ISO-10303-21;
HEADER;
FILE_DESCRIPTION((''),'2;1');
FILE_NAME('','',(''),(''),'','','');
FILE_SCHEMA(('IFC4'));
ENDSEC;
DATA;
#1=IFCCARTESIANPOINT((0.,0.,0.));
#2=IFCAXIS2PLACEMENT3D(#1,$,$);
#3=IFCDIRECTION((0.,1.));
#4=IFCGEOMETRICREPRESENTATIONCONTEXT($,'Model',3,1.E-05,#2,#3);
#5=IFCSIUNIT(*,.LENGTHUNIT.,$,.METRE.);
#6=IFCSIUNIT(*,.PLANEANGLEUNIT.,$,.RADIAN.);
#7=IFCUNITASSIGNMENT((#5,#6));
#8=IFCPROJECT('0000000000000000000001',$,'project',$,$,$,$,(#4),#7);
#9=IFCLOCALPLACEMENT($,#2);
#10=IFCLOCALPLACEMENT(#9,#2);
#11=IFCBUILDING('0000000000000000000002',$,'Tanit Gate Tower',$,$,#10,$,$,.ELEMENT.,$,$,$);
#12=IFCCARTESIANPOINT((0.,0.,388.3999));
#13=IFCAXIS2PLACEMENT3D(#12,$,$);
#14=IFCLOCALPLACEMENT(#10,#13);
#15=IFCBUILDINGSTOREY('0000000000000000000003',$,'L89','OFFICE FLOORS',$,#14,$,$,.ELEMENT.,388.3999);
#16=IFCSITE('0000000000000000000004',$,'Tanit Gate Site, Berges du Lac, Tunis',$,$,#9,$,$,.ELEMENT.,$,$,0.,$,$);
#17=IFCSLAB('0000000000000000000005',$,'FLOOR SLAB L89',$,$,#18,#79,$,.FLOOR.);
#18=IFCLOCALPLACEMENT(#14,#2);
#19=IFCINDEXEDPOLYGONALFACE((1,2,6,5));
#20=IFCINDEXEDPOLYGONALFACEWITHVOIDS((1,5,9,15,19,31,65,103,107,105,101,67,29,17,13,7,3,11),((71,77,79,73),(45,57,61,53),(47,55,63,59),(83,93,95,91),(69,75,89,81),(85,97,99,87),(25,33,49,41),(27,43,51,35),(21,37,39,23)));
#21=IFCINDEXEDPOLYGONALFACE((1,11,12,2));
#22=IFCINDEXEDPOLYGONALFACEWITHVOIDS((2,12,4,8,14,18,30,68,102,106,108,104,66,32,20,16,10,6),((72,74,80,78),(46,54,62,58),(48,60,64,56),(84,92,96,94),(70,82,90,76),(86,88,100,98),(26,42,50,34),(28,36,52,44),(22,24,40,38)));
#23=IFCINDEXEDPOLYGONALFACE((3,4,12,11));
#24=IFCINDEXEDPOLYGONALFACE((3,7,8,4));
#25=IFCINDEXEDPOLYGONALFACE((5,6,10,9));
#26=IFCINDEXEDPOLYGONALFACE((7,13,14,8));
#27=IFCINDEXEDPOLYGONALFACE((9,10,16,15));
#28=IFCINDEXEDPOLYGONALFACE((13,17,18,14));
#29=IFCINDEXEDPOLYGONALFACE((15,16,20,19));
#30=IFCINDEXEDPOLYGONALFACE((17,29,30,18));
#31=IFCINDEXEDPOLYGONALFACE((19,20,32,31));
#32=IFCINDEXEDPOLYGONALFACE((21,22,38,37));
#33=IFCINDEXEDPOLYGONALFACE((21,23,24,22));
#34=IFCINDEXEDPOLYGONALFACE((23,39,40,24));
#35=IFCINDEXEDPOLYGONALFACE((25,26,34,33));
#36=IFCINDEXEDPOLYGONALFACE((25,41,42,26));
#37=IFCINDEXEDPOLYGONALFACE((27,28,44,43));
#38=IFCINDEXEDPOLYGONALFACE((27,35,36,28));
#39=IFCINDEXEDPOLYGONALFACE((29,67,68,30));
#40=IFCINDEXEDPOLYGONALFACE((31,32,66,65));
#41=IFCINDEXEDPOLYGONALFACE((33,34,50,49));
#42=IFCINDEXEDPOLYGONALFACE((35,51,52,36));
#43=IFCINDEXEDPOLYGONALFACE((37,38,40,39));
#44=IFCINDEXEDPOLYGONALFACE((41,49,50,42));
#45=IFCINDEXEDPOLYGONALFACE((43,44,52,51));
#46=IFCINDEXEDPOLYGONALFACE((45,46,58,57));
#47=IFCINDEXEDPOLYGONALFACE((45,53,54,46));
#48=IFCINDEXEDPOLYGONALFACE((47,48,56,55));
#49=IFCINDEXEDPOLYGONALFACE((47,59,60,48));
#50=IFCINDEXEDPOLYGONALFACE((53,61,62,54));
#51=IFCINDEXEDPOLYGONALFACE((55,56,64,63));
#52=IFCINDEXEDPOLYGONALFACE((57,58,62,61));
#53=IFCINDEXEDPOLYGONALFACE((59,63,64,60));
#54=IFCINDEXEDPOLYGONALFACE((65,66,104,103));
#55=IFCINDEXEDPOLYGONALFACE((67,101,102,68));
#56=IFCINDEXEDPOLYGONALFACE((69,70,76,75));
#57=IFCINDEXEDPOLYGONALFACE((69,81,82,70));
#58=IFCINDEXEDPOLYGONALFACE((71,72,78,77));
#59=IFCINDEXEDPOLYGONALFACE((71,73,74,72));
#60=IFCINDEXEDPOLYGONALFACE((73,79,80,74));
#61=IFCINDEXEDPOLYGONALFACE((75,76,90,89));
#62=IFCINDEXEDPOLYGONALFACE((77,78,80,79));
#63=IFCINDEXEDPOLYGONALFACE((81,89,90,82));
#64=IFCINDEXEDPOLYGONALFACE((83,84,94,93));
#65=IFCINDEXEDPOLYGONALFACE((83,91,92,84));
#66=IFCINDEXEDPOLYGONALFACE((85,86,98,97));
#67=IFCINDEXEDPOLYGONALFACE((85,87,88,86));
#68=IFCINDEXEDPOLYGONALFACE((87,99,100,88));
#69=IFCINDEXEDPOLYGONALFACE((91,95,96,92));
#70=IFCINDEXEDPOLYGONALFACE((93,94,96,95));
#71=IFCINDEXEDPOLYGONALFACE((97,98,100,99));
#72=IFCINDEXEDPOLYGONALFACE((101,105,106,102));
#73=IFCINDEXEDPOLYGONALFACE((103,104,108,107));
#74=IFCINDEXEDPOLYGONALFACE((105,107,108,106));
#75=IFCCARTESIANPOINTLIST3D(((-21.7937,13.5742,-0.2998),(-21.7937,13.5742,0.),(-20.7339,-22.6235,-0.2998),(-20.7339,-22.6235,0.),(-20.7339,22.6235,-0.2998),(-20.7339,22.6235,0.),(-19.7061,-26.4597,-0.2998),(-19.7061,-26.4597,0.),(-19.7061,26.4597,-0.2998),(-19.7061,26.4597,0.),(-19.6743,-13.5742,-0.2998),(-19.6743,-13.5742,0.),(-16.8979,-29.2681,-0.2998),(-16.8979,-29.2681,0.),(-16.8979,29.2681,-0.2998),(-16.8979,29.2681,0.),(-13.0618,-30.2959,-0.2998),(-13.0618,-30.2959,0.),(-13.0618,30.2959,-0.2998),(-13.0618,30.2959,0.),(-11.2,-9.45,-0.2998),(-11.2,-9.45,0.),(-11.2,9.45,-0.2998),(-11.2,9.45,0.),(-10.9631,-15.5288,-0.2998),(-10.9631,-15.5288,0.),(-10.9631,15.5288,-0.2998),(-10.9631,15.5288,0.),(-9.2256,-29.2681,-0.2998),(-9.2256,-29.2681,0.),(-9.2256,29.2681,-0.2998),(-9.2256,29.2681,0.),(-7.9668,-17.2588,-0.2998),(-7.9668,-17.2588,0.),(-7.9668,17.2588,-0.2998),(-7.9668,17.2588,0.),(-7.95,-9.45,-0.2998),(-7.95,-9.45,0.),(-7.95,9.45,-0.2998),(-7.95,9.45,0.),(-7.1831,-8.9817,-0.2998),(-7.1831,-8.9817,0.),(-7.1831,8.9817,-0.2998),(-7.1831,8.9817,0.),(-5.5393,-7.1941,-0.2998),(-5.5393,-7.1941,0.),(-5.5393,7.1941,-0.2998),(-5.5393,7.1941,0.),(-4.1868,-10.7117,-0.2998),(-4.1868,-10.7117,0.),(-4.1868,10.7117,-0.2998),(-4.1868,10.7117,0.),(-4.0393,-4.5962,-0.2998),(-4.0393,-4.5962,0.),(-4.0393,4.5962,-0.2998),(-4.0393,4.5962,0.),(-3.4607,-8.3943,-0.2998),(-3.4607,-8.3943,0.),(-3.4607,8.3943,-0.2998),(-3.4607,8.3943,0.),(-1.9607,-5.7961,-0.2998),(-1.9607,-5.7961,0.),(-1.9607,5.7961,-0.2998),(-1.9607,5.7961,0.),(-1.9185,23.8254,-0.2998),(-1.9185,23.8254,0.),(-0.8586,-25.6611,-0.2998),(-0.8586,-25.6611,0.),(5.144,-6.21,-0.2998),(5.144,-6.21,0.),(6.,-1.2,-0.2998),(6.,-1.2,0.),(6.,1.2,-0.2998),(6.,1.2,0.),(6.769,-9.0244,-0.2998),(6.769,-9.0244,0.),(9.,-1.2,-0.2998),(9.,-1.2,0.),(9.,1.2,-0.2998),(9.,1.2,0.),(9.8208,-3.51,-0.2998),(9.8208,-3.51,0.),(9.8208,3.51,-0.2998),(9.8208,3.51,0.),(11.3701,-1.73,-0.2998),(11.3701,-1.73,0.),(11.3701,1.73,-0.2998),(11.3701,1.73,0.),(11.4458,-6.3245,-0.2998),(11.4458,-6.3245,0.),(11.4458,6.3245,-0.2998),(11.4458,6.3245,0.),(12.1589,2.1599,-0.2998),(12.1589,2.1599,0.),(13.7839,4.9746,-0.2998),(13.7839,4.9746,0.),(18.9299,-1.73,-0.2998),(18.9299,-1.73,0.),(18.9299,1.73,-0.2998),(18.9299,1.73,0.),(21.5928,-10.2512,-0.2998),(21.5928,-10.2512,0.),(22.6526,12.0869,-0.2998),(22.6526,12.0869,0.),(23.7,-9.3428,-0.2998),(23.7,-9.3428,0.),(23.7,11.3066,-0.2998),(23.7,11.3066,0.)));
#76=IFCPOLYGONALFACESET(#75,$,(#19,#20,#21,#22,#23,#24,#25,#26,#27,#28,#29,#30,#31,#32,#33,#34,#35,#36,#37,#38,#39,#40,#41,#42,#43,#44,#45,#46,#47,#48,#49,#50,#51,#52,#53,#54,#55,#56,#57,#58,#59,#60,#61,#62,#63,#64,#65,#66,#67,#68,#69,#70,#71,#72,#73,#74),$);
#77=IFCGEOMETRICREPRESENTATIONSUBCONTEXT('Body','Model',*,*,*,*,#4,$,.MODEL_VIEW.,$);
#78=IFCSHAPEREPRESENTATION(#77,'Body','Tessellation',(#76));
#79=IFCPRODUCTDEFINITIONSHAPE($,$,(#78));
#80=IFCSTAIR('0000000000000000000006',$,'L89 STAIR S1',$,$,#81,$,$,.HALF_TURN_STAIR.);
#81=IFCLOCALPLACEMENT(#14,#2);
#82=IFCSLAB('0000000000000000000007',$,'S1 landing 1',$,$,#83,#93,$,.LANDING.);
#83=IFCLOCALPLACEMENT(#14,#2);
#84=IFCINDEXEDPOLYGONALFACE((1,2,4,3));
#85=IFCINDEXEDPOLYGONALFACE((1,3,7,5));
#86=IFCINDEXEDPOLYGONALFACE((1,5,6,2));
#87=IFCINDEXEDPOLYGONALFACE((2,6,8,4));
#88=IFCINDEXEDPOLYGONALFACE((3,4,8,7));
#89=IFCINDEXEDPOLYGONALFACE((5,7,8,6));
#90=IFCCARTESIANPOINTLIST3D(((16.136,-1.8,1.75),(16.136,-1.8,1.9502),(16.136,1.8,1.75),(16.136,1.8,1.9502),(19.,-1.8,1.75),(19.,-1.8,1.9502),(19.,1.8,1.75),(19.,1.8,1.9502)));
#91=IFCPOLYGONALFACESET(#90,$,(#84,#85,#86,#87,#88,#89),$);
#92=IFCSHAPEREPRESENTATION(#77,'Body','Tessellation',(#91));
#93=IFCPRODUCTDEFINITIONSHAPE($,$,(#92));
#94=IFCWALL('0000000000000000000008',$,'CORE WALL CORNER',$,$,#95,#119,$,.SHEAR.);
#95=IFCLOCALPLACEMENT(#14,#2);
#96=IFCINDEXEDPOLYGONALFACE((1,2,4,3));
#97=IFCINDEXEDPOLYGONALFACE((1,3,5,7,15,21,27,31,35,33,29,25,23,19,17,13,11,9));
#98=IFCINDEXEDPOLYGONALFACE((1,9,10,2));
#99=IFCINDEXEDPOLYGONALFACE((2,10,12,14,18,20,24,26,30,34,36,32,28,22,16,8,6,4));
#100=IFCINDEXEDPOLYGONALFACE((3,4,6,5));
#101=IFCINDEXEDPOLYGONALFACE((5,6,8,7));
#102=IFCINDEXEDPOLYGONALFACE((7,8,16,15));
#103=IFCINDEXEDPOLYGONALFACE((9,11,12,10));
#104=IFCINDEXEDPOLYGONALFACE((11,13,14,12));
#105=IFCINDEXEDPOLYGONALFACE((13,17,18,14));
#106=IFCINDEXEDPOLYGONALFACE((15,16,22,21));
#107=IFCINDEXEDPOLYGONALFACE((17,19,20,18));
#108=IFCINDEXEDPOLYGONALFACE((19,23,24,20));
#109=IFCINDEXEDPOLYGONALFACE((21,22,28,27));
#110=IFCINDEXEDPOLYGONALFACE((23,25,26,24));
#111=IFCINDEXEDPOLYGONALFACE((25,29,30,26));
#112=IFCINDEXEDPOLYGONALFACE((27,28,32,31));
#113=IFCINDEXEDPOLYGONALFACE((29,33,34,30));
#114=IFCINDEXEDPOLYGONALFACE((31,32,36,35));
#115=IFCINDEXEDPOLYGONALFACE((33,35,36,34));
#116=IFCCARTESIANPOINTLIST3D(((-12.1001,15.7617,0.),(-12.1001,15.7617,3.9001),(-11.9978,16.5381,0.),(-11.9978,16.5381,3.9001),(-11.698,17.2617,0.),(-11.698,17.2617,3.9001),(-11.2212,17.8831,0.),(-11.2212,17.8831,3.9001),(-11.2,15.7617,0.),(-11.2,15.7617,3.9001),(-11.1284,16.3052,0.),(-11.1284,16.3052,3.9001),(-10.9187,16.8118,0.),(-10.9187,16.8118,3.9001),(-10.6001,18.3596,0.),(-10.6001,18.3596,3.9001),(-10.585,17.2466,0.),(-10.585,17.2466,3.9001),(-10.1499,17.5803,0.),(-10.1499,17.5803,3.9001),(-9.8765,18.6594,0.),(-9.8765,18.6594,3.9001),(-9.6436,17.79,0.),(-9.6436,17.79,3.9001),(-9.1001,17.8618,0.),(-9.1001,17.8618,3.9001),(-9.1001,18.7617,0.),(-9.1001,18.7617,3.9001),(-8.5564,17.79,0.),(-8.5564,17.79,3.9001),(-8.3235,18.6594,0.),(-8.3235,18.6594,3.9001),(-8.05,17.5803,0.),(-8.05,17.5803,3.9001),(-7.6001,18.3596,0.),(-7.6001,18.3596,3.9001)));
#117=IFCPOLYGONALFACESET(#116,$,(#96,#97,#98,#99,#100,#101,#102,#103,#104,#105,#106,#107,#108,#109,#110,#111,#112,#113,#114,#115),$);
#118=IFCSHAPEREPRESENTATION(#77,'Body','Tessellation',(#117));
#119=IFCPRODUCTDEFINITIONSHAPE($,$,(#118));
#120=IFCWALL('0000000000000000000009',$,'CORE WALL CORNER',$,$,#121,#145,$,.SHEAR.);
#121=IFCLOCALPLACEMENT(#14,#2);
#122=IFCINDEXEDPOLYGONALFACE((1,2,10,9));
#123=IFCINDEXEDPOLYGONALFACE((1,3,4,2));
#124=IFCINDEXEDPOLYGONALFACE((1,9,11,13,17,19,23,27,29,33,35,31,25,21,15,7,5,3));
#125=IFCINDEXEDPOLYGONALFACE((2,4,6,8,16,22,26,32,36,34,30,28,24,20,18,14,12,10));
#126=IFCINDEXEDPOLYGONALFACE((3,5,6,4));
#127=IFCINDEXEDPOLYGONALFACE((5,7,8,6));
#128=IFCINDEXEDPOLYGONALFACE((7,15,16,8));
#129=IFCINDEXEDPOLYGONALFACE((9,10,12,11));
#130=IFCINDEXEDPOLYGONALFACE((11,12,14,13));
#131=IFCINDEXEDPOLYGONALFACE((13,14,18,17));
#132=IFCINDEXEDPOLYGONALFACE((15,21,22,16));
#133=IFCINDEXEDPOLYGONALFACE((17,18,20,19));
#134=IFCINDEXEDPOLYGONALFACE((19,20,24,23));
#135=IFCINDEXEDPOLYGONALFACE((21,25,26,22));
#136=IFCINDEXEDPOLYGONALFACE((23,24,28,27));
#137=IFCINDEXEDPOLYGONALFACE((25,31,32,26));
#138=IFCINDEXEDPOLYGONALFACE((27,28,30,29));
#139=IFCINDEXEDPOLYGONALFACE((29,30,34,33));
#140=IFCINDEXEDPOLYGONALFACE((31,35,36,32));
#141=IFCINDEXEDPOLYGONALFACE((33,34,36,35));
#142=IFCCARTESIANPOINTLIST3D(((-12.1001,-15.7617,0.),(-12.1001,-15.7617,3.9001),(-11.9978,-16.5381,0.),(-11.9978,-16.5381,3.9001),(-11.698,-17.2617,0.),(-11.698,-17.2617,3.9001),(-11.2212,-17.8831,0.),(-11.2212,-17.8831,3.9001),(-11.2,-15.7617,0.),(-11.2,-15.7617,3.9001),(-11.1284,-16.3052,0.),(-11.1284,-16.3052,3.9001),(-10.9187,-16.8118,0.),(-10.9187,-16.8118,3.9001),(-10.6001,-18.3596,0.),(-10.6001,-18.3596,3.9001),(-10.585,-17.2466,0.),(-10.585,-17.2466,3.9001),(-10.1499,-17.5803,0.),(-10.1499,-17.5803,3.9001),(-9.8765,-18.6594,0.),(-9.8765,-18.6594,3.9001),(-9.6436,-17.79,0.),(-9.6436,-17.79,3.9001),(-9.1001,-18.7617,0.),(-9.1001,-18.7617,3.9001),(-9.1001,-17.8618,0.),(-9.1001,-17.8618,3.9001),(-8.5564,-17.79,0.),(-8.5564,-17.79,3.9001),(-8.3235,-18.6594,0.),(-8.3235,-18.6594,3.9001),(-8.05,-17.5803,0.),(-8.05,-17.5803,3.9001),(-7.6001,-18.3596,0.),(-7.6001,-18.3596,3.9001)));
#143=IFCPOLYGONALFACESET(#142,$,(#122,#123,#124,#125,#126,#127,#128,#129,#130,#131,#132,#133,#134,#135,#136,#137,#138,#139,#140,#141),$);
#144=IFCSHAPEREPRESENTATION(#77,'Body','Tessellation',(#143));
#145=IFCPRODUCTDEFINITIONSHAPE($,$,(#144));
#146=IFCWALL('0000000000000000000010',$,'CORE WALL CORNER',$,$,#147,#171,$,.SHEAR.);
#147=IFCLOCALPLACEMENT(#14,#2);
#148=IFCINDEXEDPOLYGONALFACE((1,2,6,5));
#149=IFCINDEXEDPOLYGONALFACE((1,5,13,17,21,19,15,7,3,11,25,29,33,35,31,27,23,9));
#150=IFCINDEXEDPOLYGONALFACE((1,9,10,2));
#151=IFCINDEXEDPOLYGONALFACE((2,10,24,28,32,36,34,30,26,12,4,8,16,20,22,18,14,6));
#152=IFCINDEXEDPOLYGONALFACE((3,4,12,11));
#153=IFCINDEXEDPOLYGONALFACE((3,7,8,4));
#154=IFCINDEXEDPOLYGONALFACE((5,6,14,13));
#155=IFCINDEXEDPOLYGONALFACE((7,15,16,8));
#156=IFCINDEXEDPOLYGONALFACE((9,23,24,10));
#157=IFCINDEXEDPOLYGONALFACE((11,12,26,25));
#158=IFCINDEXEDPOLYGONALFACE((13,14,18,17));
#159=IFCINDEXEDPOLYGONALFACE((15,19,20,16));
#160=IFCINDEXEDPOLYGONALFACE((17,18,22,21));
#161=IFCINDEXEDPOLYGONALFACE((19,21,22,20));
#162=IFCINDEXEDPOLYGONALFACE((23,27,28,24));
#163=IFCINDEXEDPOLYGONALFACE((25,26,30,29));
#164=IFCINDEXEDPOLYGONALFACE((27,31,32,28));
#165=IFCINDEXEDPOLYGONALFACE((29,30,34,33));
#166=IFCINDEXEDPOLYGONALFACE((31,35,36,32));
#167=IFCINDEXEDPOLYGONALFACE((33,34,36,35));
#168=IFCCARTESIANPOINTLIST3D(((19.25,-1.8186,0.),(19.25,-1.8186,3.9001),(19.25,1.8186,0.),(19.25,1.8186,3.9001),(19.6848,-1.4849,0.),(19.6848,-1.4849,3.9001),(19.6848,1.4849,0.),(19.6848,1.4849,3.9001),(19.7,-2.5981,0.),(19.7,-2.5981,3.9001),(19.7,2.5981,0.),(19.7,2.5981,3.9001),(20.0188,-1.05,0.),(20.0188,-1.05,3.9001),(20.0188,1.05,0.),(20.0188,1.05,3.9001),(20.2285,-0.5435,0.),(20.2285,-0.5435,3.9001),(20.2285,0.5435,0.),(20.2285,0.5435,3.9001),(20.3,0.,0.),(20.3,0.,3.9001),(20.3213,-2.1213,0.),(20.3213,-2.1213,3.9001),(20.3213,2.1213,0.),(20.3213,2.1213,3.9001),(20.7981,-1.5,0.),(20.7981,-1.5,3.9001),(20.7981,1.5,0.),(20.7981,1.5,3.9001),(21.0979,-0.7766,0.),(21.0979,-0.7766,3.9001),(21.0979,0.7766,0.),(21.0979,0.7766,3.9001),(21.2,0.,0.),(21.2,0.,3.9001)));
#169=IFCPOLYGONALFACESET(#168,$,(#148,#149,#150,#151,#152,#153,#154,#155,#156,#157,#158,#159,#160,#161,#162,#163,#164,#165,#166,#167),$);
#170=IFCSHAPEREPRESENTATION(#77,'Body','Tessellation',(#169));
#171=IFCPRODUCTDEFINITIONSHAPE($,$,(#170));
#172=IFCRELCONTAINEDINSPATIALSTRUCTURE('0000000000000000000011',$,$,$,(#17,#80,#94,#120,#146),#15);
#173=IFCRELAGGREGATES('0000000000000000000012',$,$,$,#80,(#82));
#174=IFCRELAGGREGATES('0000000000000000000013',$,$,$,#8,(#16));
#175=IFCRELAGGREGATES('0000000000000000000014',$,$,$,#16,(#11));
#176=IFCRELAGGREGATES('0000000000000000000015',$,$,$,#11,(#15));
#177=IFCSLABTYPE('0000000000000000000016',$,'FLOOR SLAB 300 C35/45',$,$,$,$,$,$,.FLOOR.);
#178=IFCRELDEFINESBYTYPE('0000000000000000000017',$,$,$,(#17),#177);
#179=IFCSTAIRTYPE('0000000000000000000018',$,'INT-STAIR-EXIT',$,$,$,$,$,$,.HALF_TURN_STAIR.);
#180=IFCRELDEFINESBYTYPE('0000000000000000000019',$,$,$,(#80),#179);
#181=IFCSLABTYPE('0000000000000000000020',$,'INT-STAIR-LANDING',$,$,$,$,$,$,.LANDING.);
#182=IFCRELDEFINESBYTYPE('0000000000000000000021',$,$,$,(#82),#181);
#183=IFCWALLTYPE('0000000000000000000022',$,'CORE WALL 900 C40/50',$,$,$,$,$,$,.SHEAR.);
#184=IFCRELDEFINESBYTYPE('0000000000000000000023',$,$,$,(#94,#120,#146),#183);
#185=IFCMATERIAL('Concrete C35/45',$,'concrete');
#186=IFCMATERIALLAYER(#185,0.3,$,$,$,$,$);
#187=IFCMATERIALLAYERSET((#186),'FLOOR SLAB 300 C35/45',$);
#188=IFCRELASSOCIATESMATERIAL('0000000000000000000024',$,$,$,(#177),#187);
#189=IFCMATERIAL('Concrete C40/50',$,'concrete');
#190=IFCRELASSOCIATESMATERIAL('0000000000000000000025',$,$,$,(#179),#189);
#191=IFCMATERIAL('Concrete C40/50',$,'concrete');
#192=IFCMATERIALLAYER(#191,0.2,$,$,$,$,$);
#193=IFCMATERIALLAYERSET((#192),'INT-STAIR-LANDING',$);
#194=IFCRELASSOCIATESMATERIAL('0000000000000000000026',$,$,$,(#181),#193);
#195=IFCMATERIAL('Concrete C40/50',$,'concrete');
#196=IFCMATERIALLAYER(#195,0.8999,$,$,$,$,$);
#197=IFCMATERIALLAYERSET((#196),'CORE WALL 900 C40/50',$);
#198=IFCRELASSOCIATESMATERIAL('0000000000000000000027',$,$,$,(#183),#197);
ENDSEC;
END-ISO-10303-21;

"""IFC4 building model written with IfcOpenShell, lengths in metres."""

from ifc_helpers import new_model, si_unit, direction, frame, origin, place, context, subcontext, project, spatial, polyline, outline, extrude, material, layer, layer_set, type_object, element, aggregate, save


model = new_model("IFC4")

# Units and contexts
model_context = context("Model", 3, precision=1e-05, world=origin(), true_north=direction((0.0, 1.0)))
body_context = subcontext(model_context, "Body", "Model", "MODEL_VIEW")
ifc_project = project(units=[si_unit("LENGTHUNIT", "METRE"), si_unit("PLANEANGLEUNIT", "RADIAN")], contexts=[model_context])

# Site, building, storey
site_placement = place(None, origin())
site = spatial("IfcSite", under=ifc_project, at=site_placement, Name="Tanit Gate Site, Berges du Lac, Tunis", CompositionType="ELEMENT", RefElevation=0.0)
building_placement = place(site_placement, origin())
building = spatial("IfcBuilding", under=site, at=building_placement, Name="Tanit Gate Tower", CompositionType="ELEMENT")
storey_placement = place(building_placement, frame((0.0, 0.0, 388.3999)))
storey = spatial("IfcBuildingStorey", under=building, at=storey_placement, Name="L89", Description="OFFICE FLOORS", CompositionType="ELEMENT", Elevation=388.3999)

# Slab
ifc_material_1 = material(Name="Concrete C35/45", Category="concrete")
ifc_layer_1 = layer(ifc_material_1, 0.3)
ifc_layer_set_1 = layer_set([ifc_layer_1], Name="FLOOR SLAB 300 C35/45")
slab_type_1 = type_object("IfcSlabType", Name="FLOOR SLAB 300 C35/45", PredefinedType="FLOOR", material=ifc_layer_set_1)
slab_1_placement = place(storey_placement, frame((0.0, 0.0, -0.2998)))
element("IfcSlab", 1, at=slab_1_placement, inside=storey, type_object=slab_type_1, Name="FLOOR SLAB L89", PredefinedType="FLOOR", context=body_context, shape_type="SweptSolid", body=[
    extrude(outline(polyline([(21.5928, -10.2512), (-0.8586, -25.6611), (-9.2256, -29.2681), (-13.0618, -30.2959), (-16.8979, -29.2681), (-19.7061, -26.4597), (-20.7339, -22.6235), (-19.6743, -13.5742), (-21.7937, 13.5742), (-20.7339, 22.6235), (-19.7061, 26.4597), (-16.8979, 29.2681), (-13.0618, 30.2959), (-9.2256, 29.2681), (-1.9185, 23.8254), (22.6526, 12.0869), (23.7, 11.3066), (23.7, -9.3428), (29.9597, -6.6443), (21.5928, -10.2512)]), holes=[polyline([(11.3701, 1.73), (18.9299, 1.73), (18.9299, -1.73), (11.3701, -1.73), (11.3701, 1.73)]), polyline([(12.1589, 2.1599), (9.8208, 3.51), (11.4458, 6.3245), (13.7839, 4.9746), (12.1589, 2.1599)]), polyline([(11.4458, -6.3245), (6.769, -9.0244), (5.144, -6.21), (9.8208, -3.51), (11.4458, -6.3245)]), polyline([(6.0, 1.2), (9.0, 1.2), (9.0, -1.2), (6.0, -1.2), (6.0, 1.2)]), polyline([(-4.0393, 4.5962), (-5.5393, 7.1941), (-3.4607, 8.3943), (-1.9607, 5.7961), (-4.0393, 4.5962)]), polyline([(-1.9607, -5.7961), (-3.4607, -8.3943), (-5.5393, -7.1941), (-4.0393, -4.5962), (-1.9607, -5.7961)]), polyline([(-7.1831, 8.9817), (-10.9631, 15.5288), (-7.9668, 17.2588), (-4.1868, 10.7117), (-7.1831, 8.9817)]), polyline([(-4.1868, -10.7117), (-7.9668, -17.2588), (-10.9631, -15.5288), (-7.1831, -8.9817), (-4.1868, -10.7117)]), polyline([(-11.2, -9.45), (-11.2, 9.45), (-7.95, 9.45), (-7.95, -9.45), (-11.2, -9.45)])]), origin(), (0.0, 0.0, 1.0), 0.2998),
])

# Stair, slab
ifc_material_2 = material(Name="Concrete C40/50", Category="concrete")
stair_type = type_object("IfcStairType", Name="INT-STAIR-EXIT", PredefinedType="HALF_TURN_STAIR", material=ifc_material_2)
stair_placement = place(storey_placement, origin())
stair = element("IfcStair", 2, at=stair_placement, inside=storey, type_object=stair_type, Name="L89 STAIR S1", PredefinedType="HALF_TURN_STAIR")
ifc_material_3 = material(Name="Concrete C40/50", Category="concrete")
ifc_layer_2 = layer(ifc_material_3, 0.2)
ifc_layer_set_2 = layer_set([ifc_layer_2], Name="INT-STAIR-LANDING")
slab_type_2 = type_object("IfcSlabType", Name="INT-STAIR-LANDING", PredefinedType="LANDING", material=ifc_layer_set_2)
slab_2_placement = place(storey_placement, frame((0.0, 0.0, 1.75)))
slab_2 = element("IfcSlab", 3, at=slab_2_placement, type_object=slab_type_2, Name="S1 landing 1", PredefinedType="LANDING", context=body_context, shape_type="SweptSolid", body=[
    extrude(outline(polyline([(16.136, -1.8), (19.0, -1.8), (19.0, 1.8), (16.136, 1.8), (16.136, -1.8)])), origin(), (0.0, 0.0, 1.0), 0.2002),
])
aggregate(stair, [slab_2])

# Walls
ifc_material_4 = material(Name="Concrete C40/50", Category="concrete")
ifc_layer_3 = layer(ifc_material_4, 0.8999)
ifc_layer_set_3 = layer_set([ifc_layer_3], Name="CORE WALL 900 C40/50")
wall_type_1 = type_object("IfcWallType", Name="CORE WALL 900 C40/50", PredefinedType="SHEAR", material=ifc_layer_set_3)
wall_1_placement = place(storey_placement, origin())
element("IfcWall", 4, at=wall_1_placement, inside=storey, type_object=wall_type_1, Name="CORE WALL CORNER", PredefinedType="SHEAR", context=body_context, shape_type="SweptSolid", body=[
    extrude(outline(polyline([(-7.6001, 18.3596), (-8.3235, 18.6594), (-9.1001, 18.7617), (-9.8765, 18.6594), (-10.6001, 18.3596), (-11.2212, 17.8831), (-11.698, 17.2617), (-11.9978, 16.5381), (-12.1001, 15.7617), (-11.2, 15.7617), (-11.1284, 16.3052), (-10.9187, 16.8118), (-10.585, 17.2466), (-10.1499, 17.5803), (-9.6436, 17.79), (-9.1001, 17.8618), (-8.5564, 17.79), (-8.05, 17.5803), (-7.6001, 18.3596)])), origin(), (0.0, 0.0, 1.0), 3.9001),
])
wall_2_placement = place(storey_placement, origin())
element("IfcWall", 5, at=wall_2_placement, inside=storey, type_object=wall_type_1, Name="CORE WALL CORNER", PredefinedType="SHEAR", context=body_context, shape_type="SweptSolid", body=[
    extrude(outline(polyline([(-12.1001, -15.7617), (-11.9978, -16.5381), (-11.698, -17.2617), (-11.2212, -17.8831), (-10.6001, -18.3596), (-9.8765, -18.6594), (-9.1001, -18.7617), (-8.3235, -18.6594), (-7.6001, -18.3596), (-8.05, -17.5803), (-8.5564, -17.79), (-9.1001, -17.8618), (-9.6436, -17.79), (-10.1499, -17.5803), (-10.585, -17.2466), (-10.9187, -16.8118), (-11.1284, -16.3052), (-11.2, -15.7617), (-12.1001, -15.7617)])), origin(), (0.0, 0.0, 1.0), 3.9001),
])
wall_3_placement = place(storey_placement, origin())
element("IfcWall", 6, at=wall_3_placement, inside=storey, type_object=wall_type_1, Name="CORE WALL CORNER", PredefinedType="SHEAR", context=body_context, shape_type="SweptSolid", body=[
    extrude(outline(polyline([(19.7, -2.5981), (20.3213, -2.1213), (20.7981, -1.5), (21.0979, -0.7766), (21.2, 0.0), (21.0979, 0.7766), (20.7981, 1.5), (20.3213, 2.1213), (19.7, 2.5981), (19.25, 1.8186), (19.6848, 1.4849), (20.0188, 1.05), (20.2285, 0.5435), (20.3, 0.0), (20.2285, -0.5435), (20.0188, -1.05), (19.6848, -1.4849), (19.25, -1.8186), (19.7, -2.5981)])), origin(), (0.0, 0.0, 1.0), 3.9001),
])

save(model, "model.ifc")
